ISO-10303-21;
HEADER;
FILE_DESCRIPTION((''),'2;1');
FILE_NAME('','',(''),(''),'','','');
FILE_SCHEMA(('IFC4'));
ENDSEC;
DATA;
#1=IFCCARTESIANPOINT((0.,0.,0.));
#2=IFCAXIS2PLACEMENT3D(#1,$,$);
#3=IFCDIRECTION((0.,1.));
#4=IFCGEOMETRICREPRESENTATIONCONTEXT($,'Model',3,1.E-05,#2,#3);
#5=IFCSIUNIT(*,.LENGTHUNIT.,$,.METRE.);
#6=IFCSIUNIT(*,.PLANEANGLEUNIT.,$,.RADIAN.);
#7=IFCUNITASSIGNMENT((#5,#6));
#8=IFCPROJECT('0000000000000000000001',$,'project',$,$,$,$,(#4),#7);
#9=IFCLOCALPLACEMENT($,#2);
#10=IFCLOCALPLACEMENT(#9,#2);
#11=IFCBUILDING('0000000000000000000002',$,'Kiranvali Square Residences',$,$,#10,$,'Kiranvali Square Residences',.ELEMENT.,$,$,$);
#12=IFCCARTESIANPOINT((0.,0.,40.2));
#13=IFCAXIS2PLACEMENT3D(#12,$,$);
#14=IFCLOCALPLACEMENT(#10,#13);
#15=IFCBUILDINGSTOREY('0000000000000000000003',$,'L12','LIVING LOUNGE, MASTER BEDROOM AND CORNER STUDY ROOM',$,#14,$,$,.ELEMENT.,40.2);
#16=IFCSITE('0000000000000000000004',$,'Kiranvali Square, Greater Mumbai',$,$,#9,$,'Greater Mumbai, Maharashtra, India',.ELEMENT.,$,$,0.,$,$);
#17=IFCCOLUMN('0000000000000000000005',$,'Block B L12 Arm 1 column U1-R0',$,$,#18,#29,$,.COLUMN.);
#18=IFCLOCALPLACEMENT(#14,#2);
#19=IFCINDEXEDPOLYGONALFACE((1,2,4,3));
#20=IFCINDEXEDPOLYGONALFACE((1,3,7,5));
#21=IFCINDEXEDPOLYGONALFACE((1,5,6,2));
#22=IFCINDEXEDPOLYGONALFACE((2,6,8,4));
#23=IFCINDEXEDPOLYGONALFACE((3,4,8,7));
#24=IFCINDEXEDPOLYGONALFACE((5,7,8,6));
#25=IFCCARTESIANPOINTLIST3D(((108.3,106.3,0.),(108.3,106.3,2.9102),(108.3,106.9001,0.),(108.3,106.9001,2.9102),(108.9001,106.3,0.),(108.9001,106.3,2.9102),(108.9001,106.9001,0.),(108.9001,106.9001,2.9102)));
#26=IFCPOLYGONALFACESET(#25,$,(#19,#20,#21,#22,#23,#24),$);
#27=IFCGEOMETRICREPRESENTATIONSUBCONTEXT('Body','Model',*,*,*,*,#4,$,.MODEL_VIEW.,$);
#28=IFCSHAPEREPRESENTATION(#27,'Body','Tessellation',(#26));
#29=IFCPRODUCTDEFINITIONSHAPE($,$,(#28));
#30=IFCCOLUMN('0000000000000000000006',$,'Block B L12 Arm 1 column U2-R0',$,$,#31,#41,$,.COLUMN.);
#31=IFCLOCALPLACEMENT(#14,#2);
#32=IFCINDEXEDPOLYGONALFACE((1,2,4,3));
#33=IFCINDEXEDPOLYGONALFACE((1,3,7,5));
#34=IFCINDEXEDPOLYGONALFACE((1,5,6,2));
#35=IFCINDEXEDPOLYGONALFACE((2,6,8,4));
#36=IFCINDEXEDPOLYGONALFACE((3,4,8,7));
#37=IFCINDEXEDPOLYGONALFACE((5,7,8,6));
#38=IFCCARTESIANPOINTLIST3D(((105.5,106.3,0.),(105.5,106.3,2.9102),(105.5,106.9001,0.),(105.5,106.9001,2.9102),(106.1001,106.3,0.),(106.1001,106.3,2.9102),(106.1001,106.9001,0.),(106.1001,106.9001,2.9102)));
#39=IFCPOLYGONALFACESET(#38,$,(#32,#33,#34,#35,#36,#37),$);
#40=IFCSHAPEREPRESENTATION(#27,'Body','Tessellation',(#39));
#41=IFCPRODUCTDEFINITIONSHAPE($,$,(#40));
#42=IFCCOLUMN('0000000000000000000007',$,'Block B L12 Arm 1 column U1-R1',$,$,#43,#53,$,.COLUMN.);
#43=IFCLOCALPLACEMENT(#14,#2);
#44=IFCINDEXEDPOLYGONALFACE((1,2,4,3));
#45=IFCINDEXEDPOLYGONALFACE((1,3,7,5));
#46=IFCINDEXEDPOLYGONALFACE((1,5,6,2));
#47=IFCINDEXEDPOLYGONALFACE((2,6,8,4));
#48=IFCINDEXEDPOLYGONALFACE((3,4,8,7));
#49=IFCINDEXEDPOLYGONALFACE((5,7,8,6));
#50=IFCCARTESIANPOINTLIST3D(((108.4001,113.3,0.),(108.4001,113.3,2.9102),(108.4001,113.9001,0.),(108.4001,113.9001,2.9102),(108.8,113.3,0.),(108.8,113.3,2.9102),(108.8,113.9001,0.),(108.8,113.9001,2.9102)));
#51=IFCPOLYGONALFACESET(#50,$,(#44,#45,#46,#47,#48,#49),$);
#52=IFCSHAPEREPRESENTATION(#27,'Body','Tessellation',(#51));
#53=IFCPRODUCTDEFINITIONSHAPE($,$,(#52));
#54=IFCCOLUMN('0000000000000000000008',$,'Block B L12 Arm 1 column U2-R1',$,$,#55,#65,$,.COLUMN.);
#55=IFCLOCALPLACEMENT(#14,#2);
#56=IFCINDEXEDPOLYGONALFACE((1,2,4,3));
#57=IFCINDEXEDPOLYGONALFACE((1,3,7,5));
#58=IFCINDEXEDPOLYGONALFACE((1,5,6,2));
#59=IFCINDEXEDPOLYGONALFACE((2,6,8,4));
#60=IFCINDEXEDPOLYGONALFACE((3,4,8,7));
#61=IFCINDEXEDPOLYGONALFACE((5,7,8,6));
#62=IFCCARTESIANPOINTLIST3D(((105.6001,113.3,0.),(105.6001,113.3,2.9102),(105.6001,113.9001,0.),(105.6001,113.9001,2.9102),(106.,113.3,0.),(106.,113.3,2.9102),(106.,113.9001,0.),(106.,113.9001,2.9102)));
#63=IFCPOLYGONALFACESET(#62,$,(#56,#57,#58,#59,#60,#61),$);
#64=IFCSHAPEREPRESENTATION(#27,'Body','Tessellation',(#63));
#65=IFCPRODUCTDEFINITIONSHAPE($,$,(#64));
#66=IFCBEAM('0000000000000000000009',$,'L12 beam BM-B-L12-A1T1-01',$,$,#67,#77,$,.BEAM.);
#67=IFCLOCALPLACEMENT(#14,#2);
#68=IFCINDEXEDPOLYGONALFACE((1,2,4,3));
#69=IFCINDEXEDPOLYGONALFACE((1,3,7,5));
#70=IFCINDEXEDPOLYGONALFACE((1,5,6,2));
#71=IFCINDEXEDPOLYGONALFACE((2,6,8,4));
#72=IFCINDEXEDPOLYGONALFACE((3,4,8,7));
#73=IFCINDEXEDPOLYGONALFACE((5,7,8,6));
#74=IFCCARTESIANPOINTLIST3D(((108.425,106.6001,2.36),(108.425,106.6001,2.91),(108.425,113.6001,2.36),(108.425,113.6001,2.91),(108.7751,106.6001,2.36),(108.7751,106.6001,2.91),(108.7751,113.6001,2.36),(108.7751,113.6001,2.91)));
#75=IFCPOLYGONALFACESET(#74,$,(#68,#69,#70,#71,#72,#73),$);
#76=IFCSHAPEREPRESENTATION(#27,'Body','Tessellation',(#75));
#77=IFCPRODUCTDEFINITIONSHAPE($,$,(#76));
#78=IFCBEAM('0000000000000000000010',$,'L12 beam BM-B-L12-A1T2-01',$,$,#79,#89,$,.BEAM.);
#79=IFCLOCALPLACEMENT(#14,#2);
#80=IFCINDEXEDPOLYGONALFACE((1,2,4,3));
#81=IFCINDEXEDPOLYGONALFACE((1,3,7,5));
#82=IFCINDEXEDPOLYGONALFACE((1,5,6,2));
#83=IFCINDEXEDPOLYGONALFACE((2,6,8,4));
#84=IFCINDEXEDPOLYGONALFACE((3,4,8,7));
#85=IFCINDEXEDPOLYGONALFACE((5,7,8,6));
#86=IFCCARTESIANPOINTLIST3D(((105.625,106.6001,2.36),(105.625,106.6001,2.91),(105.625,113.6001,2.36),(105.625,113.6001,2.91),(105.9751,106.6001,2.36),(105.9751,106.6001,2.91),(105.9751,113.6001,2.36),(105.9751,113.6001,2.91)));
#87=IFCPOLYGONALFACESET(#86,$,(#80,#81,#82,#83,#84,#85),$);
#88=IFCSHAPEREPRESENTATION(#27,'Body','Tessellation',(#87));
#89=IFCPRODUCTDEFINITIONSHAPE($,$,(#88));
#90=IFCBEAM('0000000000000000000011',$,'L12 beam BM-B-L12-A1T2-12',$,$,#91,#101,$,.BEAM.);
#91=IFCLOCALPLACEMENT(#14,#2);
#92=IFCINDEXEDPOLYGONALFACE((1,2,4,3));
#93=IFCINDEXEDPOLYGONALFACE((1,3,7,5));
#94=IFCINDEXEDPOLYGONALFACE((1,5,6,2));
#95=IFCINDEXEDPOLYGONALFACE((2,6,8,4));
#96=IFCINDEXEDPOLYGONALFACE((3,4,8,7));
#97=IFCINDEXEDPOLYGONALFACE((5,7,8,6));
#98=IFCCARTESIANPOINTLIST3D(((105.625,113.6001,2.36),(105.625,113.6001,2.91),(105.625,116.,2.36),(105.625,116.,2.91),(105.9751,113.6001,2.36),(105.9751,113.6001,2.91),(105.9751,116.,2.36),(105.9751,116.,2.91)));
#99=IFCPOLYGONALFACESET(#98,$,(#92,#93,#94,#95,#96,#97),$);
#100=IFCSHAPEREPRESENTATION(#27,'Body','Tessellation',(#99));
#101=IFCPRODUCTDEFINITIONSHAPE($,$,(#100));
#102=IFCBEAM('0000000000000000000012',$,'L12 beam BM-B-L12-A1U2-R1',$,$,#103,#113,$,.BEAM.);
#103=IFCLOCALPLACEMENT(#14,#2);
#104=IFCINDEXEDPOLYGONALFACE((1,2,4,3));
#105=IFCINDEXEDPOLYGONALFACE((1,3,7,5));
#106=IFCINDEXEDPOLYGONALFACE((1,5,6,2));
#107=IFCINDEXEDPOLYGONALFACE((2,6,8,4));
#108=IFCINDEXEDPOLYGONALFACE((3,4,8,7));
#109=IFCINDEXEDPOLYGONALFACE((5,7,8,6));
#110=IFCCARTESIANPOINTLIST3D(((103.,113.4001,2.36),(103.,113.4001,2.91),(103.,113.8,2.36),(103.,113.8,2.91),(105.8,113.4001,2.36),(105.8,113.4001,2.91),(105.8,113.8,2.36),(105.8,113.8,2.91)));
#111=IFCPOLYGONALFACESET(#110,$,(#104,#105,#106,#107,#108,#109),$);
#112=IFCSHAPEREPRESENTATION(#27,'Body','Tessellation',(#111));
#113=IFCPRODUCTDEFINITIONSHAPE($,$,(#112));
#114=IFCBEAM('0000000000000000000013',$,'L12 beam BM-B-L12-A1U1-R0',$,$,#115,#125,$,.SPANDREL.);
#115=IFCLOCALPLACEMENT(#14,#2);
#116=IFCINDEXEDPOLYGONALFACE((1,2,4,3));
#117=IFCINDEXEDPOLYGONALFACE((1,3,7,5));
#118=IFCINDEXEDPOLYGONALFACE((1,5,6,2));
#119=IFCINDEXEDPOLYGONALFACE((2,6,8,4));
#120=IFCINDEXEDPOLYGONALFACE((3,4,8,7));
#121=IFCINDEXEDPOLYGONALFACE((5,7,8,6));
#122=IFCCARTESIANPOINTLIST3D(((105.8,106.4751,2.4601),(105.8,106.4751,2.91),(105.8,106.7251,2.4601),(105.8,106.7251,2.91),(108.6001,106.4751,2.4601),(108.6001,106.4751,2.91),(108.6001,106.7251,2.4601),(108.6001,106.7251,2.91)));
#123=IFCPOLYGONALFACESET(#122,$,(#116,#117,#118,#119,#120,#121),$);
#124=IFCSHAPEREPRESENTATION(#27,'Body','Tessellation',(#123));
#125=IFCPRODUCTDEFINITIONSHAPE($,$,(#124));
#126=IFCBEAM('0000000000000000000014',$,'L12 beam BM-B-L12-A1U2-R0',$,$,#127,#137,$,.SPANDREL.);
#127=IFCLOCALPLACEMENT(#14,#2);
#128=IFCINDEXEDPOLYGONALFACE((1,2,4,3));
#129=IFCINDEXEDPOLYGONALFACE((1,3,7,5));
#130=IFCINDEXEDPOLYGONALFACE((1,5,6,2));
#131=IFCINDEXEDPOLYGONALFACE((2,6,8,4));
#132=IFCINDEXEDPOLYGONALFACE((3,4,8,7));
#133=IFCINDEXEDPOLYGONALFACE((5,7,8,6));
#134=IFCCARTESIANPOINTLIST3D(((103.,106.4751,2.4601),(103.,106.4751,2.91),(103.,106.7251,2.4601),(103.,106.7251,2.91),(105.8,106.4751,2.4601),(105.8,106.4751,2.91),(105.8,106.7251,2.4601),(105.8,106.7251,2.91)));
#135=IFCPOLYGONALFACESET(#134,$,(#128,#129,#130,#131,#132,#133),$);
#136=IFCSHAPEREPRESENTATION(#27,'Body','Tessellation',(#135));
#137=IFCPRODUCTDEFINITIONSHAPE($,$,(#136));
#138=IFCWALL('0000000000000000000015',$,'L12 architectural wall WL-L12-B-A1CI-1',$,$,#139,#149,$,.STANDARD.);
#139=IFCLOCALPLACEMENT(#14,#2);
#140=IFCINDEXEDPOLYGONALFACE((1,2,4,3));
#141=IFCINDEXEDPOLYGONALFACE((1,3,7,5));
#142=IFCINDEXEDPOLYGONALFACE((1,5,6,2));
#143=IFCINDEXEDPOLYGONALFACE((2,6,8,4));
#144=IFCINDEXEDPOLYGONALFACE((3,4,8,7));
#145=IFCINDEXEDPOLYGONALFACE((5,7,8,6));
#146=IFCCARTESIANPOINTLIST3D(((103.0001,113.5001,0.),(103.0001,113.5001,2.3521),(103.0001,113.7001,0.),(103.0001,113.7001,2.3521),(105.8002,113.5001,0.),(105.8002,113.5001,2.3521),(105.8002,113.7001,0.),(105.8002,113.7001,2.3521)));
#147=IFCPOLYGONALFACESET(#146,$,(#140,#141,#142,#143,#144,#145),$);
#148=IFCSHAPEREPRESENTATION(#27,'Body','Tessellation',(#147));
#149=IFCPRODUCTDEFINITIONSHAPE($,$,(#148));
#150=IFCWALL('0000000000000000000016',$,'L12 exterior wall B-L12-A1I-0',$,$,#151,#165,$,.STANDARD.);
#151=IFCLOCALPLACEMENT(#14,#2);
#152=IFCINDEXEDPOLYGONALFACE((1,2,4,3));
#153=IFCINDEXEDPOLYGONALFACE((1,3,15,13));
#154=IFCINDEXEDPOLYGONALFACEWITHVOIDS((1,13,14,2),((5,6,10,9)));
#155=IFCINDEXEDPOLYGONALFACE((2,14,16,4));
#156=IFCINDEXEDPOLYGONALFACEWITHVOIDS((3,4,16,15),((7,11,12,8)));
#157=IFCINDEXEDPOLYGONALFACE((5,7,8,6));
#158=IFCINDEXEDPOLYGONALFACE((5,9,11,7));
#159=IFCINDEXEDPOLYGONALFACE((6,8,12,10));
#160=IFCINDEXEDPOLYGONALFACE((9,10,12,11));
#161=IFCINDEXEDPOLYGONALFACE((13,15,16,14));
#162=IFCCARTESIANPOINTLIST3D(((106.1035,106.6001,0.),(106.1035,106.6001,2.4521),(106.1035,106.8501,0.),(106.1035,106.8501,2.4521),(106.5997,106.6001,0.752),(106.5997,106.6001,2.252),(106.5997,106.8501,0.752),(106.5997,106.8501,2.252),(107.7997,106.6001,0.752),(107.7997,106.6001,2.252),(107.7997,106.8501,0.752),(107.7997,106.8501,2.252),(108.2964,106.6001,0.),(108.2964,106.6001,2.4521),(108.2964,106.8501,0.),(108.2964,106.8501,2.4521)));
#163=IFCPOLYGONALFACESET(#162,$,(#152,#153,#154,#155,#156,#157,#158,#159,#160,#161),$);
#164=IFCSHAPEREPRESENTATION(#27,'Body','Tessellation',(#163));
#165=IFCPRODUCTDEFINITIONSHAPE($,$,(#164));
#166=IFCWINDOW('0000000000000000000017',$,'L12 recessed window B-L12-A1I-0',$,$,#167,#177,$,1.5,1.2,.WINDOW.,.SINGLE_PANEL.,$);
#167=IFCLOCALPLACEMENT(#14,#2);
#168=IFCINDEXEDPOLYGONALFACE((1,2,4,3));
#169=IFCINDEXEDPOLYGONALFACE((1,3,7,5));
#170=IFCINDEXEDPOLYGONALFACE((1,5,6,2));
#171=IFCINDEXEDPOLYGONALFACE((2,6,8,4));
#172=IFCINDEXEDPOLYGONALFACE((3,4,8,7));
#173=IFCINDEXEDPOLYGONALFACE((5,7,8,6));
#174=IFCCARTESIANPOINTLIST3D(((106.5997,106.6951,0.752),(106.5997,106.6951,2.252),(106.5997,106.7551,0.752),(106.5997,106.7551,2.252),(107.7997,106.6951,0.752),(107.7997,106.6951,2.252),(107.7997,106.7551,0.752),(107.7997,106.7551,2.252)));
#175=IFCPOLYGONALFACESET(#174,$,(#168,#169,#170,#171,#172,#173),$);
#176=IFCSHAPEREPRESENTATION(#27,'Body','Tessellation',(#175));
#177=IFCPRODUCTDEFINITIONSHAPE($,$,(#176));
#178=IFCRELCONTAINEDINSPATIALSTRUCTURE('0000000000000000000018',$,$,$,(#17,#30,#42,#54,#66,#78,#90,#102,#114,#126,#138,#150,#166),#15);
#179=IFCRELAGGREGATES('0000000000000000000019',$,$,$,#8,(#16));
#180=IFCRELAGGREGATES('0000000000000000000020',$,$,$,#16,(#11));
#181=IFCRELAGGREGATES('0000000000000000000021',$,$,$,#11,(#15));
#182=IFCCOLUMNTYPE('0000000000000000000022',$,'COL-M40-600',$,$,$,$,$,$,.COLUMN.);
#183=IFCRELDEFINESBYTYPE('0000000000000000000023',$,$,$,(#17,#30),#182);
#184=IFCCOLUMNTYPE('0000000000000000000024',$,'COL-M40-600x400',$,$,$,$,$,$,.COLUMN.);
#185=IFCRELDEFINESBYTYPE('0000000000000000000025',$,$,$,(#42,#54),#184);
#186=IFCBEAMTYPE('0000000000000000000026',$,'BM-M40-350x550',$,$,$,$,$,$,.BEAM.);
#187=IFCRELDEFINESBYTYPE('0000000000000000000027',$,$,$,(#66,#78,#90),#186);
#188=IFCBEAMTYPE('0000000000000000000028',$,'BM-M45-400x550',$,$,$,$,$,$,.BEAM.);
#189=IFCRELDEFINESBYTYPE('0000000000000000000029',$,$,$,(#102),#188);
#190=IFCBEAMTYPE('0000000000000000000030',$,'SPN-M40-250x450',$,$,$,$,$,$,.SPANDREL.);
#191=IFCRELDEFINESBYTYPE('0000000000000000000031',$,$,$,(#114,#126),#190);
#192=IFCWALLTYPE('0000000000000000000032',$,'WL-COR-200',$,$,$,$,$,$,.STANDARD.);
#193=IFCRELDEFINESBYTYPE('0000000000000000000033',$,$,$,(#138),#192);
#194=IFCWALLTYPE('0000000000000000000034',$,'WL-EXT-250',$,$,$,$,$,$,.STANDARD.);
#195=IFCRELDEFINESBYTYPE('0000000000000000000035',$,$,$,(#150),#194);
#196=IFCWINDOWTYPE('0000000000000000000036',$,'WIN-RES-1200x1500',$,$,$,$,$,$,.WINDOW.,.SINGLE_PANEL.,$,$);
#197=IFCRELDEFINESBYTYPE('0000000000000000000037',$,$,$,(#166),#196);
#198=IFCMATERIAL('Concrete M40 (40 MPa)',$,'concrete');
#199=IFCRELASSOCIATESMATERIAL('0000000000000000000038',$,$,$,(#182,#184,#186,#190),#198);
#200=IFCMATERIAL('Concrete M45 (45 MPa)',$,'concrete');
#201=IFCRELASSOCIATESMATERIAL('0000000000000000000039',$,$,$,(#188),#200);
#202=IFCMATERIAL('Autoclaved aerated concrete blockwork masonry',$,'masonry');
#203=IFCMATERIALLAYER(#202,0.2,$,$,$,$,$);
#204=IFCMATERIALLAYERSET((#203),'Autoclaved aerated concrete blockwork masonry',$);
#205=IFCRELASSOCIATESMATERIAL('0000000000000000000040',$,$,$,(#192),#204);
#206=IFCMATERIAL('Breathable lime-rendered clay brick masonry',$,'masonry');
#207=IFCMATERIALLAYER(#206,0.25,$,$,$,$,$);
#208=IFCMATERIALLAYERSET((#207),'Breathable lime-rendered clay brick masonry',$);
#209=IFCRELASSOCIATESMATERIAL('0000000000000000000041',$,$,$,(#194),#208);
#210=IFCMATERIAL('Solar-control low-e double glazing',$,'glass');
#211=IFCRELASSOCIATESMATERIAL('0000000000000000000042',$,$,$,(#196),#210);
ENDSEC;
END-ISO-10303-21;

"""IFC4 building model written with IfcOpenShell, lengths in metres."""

from ifc_helpers import new_model, si_unit, direction, frame, frame_2d, origin, origin_2d, place, context, subcontext, project, spatial, rectangle, extrude, material, layer, layer_set, material_profile, profile_set, type_object, element, fill, save


model = new_model("IFC4")

# Units and contexts
model_context = context("Model", 3, precision=1e-05, world=origin(), true_north=direction((0.0, 1.0)))
body_context = subcontext(model_context, "Body", "Model", "MODEL_VIEW")
ifc_project = project(units=[si_unit("LENGTHUNIT", "METRE"), si_unit("PLANEANGLEUNIT", "RADIAN")], contexts=[model_context])

# Site, building, storey
site_placement = place(None, origin())
site = spatial("IfcSite", under=ifc_project, at=site_placement, Name="Kiranvali Square, Greater Mumbai", LongName="Greater Mumbai, Maharashtra, India", CompositionType="ELEMENT", RefElevation=0.0)
building_placement = place(site_placement, origin())
building = spatial("IfcBuilding", under=site, at=building_placement, Name="Kiranvali Square Residences", LongName="Kiranvali Square Residences", CompositionType="ELEMENT")
storey_placement = place(building_placement, frame((0.0, 0.0, 40.2)))
storey = spatial("IfcBuildingStorey", under=building, at=storey_placement, Name="L12", Description="LIVING LOUNGE, MASTER BEDROOM AND CORNER STUDY ROOM", CompositionType="ELEMENT", Elevation=40.2)

# Columns
ifc_material_1 = material(Name="Concrete M40 (40 MPa)", Category="concrete")
ifc_material_profile_1 = material_profile(ifc_material_1, rectangle(XDim=0.6001, YDim=0.6001, at=origin_2d()), Name="RC 600x600")
ifc_profile_set_1 = profile_set([ifc_material_profile_1], Name="Concrete M40 (40 MPa)")
column_type_1 = type_object("IfcColumnType", Name="COL-M40-600", PredefinedType="COLUMN", material=ifc_profile_set_1)
for number, where, z_axis, x_axis, name in (
    (1, (108.6001, 106.6001, 0.0), (0.0, 0.0, 1.0), (1.0, 0.0, 0.0), "Block B L12 Arm 1 column U1-R0"),
    (2, (105.8, 106.6001, 0.0), (0.0, 0.0, 1.0), (1.0, 0.0, 0.0), "Block B L12 Arm 1 column U2-R0"),
):
    element("IfcColumn", number, at=place(storey_placement, frame(where, z_axis=z_axis, x_axis=x_axis)), inside=storey, type_object=column_type_1, Name=name, PredefinedType="COLUMN", context=body_context, shape_type="SweptSolid", body=[
        extrude(rectangle(XDim=0.6001, YDim=0.6001, at=origin_2d()), origin(), (0.0, 0.0, 1.0), 2.9102),
    ])
ifc_material_profile_2 = material_profile(ifc_material_1, rectangle(XDim=0.3999, YDim=0.6001, at=origin_2d()), Name="RC 600x400")
ifc_profile_set_2 = profile_set([ifc_material_profile_2], Name="Concrete M40 (40 MPa)")
column_type_2 = type_object("IfcColumnType", Name="COL-M40-600x400", PredefinedType="COLUMN", material=ifc_profile_set_2)
for number, where, z_axis, x_axis, name in (
    (3, (108.6001, 113.6001, 0.0), (0.0, 0.0, 1.0), (1.0, 0.0, 0.0), "Block B L12 Arm 1 column U1-R1"),
    (4, (105.8, 113.6001, 0.0), (0.0, 0.0, 1.0), (1.0, 0.0, 0.0), "Block B L12 Arm 1 column U2-R1"),
):
    element("IfcColumn", number, at=place(storey_placement, frame(where, z_axis=z_axis, x_axis=x_axis)), inside=storey, type_object=column_type_2, Name=name, PredefinedType="COLUMN", context=body_context, shape_type="SweptSolid", body=[
        extrude(rectangle(XDim=0.3999, YDim=0.6001, at=origin_2d()), origin(), (0.0, 0.0, 1.0), 2.9102),
    ])

# Beams
ifc_material_profile_3 = material_profile(ifc_material_1, rectangle(XDim=0.3501, YDim=0.55, at=origin_2d()), Name="RC 350x550")
ifc_profile_set_3 = profile_set([ifc_material_profile_3], Name="Concrete M40 (40 MPa)")
beam_type_1 = type_object("IfcBeamType", Name="BM-M40-350x550", PredefinedType="BEAM", material=ifc_profile_set_3)
for number, where, z_axis, x_axis, name in (
    (5, (108.6001, 106.6001, 2.635), (0.0, 1.0, 0.0), (-1.0, 0.0, 0.0), "L12 beam BM-B-L12-A1T1-01"),
    (6, (105.8, 106.6001, 2.635), (0.0, 1.0, 0.0), (-1.0, 0.0, 0.0), "L12 beam BM-B-L12-A1T2-01"),
):
    element("IfcBeam", number, at=place(storey_placement, frame(where, z_axis=z_axis, x_axis=x_axis)), inside=storey, type_object=beam_type_1, Name=name, PredefinedType="BEAM", context=body_context, shape_type="SweptSolid", body=[
        extrude(rectangle(XDim=0.3501, YDim=0.55, at=origin_2d()), origin(), (0.0, 0.0, 1.0), 7.0),
    ])
beam_1_placement = place(storey_placement, frame((105.8, 113.6001, 2.635), z_axis=(0.0, 1.0, 0.0), x_axis=(-1.0, 0.0, 0.0)))
element("IfcBeam", 7, at=beam_1_placement, inside=storey, type_object=beam_type_1, Name="L12 beam BM-B-L12-A1T2-12", PredefinedType="BEAM", context=body_context, shape_type="SweptSolid", body=[
    extrude(rectangle(XDim=0.3501, YDim=0.55, at=origin_2d()), origin(), (0.0, 0.0, 1.0), 2.3999),
])
ifc_material_2 = material(Name="Concrete M45 (45 MPa)", Category="concrete")
ifc_material_profile_4 = material_profile(ifc_material_2, rectangle(XDim=0.3999, YDim=0.55, at=origin_2d()), Name="RC 400x550")
ifc_profile_set_4 = profile_set([ifc_material_profile_4], Name="Concrete M45 (45 MPa)")
beam_type_2 = type_object("IfcBeamType", Name="BM-M45-400x550", PredefinedType="BEAM", material=ifc_profile_set_4)
beam_2_placement = place(storey_placement, frame((105.8, 113.6001, 2.635), z_axis=(-1.0, 0.0, 0.0), x_axis=(0.0, -1.0, 0.0)))
element("IfcBeam", 8, at=beam_2_placement, inside=storey, type_object=beam_type_2, Name="L12 beam BM-B-L12-A1U2-R1", PredefinedType="BEAM", context=body_context, shape_type="SweptSolid", body=[
    extrude(rectangle(XDim=0.3999, YDim=0.55, at=origin_2d()), origin(), (0.0, 0.0, 1.0), 2.8),
])
ifc_material_profile_5 = material_profile(ifc_material_1, rectangle(XDim=0.25, YDim=0.45, at=origin_2d()), Name="RC 250x450")
ifc_profile_set_5 = profile_set([ifc_material_profile_5], Name="Concrete M40 (40 MPa)")
beam_type_3 = type_object("IfcBeamType", Name="SPN-M40-250x450", PredefinedType="SPANDREL", material=ifc_profile_set_5)
for number, where, z_axis, x_axis, name in (
    (9, (108.6001, 106.6001, 2.6851), (-1.0, 0.0, 0.0), (0.0, -1.0, 0.0), "L12 beam BM-B-L12-A1U1-R0"),
    (10, (105.8, 106.6001, 2.6851), (-1.0, 0.0, 0.0), (0.0, -1.0, 0.0), "L12 beam BM-B-L12-A1U2-R0"),
):
    element("IfcBeam", number, at=place(storey_placement, frame(where, z_axis=z_axis, x_axis=x_axis)), inside=storey, type_object=beam_type_3, Name=name, PredefinedType="SPANDREL", context=body_context, shape_type="SweptSolid", body=[
        extrude(rectangle(XDim=0.25, YDim=0.45, at=origin_2d()), origin(), (0.0, 0.0, 1.0), 2.8),
    ])

# Wall
ifc_material_3 = material(Name="Autoclaved aerated concrete blockwork masonry", Category="masonry")
ifc_layer_1 = layer(ifc_material_3, 0.2)
ifc_layer_set_1 = layer_set([ifc_layer_1], Name="Autoclaved aerated concrete blockwork masonry")
wall_type_1 = type_object("IfcWallType", Name="WL-COR-200", PredefinedType="STANDARD", material=ifc_layer_set_1)
wall_1_placement = place(storey_placement, frame((105.8, 113.6001, 0.0), z_axis=(0.0, 0.0, 1.0), x_axis=(-1.0, 0.0, 0.0)))
element("IfcWall", 11, at=wall_1_placement, inside=storey, type_object=wall_type_1, Name="L12 architectural wall WL-L12-B-A1CI-1", PredefinedType="STANDARD", context=body_context, shape_type="SweptSolid", body=[
    extrude(rectangle(XDim=2.8, YDim=0.2, at=frame_2d((1.3999, 0.0))), origin(), (0.0, 0.0, 1.0), 2.3521),
])

# Wall, opening, window
ifc_material_4 = material(Name="Breathable lime-rendered clay brick masonry", Category="masonry")
ifc_layer_2 = layer(ifc_material_4, 0.25)
ifc_layer_set_2 = layer_set([ifc_layer_2], Name="Breathable lime-rendered clay brick masonry")
wall_type_2 = type_object("IfcWallType", Name="WL-EXT-250", PredefinedType="STANDARD", material=ifc_layer_set_2)
wall_2_placement = place(storey_placement, frame((108.2964, 106.7251, 0.0), z_axis=(0.0, 0.0, 1.0), x_axis=(-1.0, 0.0, 0.0)))
wall_2 = element("IfcWall", 12, at=wall_2_placement, inside=storey, type_object=wall_type_2, Name="L12 exterior wall B-L12-A1I-0", PredefinedType="STANDARD", context=body_context, shape_type="SweptSolid", body=[
    extrude(rectangle(XDim=2.1929, YDim=0.25, at=frame_2d((1.0964, 0.0))), origin(), (0.0, 0.0, 1.0), 2.4521),
])
opening_1_placement = place(wall_2_placement, frame((0.4966, 0.0, 0.752)))
opening_1 = element("IfcOpeningElement", 13, at=opening_1_placement, cuts=wall_2, PredefinedType="OPENING", context=body_context, shape_type="SweptSolid", body=[
    extrude(rectangle(XDim=1.2, YDim=1.5, at=frame_2d((0.6001, 0.75))), frame((0.0, 0.135, 0.0), z_axis=(0.0, -1.0, 0.0), x_axis=(1.0, 0.0, 0.0)), (0.0, 0.0, 1.0), 0.27),
])
ifc_material_5 = material(Name="Solar-control low-e double glazing", Category="glass")
window_type = type_object("IfcWindowType", Name="WIN-RES-1200x1500", PartitioningType="SINGLE_PANEL", PredefinedType="WINDOW", material=ifc_material_5)
window_1_placement = place(opening_1_placement, origin())
window_1 = element("IfcWindow", 14, at=window_1_placement, inside=storey, type_object=window_type, Name="L12 recessed window B-L12-A1I-0", OverallHeight=1.5, OverallWidth=1.2, PartitioningType="SINGLE_PANEL", PredefinedType="WINDOW", context=body_context, shape_type="SweptSolid", body=[
    extrude(rectangle(XDim=1.2, YDim=1.5, at=frame_2d((0.6001, 0.75))), frame((0.0, 0.03, 0.0), z_axis=(0.0, -1.0, 0.0), x_axis=(1.0, 0.0, 0.0)), (0.0, 0.0, 1.0), 0.0601),
])
fill(opening_1, window_1)

save(model, "model.ifc")
